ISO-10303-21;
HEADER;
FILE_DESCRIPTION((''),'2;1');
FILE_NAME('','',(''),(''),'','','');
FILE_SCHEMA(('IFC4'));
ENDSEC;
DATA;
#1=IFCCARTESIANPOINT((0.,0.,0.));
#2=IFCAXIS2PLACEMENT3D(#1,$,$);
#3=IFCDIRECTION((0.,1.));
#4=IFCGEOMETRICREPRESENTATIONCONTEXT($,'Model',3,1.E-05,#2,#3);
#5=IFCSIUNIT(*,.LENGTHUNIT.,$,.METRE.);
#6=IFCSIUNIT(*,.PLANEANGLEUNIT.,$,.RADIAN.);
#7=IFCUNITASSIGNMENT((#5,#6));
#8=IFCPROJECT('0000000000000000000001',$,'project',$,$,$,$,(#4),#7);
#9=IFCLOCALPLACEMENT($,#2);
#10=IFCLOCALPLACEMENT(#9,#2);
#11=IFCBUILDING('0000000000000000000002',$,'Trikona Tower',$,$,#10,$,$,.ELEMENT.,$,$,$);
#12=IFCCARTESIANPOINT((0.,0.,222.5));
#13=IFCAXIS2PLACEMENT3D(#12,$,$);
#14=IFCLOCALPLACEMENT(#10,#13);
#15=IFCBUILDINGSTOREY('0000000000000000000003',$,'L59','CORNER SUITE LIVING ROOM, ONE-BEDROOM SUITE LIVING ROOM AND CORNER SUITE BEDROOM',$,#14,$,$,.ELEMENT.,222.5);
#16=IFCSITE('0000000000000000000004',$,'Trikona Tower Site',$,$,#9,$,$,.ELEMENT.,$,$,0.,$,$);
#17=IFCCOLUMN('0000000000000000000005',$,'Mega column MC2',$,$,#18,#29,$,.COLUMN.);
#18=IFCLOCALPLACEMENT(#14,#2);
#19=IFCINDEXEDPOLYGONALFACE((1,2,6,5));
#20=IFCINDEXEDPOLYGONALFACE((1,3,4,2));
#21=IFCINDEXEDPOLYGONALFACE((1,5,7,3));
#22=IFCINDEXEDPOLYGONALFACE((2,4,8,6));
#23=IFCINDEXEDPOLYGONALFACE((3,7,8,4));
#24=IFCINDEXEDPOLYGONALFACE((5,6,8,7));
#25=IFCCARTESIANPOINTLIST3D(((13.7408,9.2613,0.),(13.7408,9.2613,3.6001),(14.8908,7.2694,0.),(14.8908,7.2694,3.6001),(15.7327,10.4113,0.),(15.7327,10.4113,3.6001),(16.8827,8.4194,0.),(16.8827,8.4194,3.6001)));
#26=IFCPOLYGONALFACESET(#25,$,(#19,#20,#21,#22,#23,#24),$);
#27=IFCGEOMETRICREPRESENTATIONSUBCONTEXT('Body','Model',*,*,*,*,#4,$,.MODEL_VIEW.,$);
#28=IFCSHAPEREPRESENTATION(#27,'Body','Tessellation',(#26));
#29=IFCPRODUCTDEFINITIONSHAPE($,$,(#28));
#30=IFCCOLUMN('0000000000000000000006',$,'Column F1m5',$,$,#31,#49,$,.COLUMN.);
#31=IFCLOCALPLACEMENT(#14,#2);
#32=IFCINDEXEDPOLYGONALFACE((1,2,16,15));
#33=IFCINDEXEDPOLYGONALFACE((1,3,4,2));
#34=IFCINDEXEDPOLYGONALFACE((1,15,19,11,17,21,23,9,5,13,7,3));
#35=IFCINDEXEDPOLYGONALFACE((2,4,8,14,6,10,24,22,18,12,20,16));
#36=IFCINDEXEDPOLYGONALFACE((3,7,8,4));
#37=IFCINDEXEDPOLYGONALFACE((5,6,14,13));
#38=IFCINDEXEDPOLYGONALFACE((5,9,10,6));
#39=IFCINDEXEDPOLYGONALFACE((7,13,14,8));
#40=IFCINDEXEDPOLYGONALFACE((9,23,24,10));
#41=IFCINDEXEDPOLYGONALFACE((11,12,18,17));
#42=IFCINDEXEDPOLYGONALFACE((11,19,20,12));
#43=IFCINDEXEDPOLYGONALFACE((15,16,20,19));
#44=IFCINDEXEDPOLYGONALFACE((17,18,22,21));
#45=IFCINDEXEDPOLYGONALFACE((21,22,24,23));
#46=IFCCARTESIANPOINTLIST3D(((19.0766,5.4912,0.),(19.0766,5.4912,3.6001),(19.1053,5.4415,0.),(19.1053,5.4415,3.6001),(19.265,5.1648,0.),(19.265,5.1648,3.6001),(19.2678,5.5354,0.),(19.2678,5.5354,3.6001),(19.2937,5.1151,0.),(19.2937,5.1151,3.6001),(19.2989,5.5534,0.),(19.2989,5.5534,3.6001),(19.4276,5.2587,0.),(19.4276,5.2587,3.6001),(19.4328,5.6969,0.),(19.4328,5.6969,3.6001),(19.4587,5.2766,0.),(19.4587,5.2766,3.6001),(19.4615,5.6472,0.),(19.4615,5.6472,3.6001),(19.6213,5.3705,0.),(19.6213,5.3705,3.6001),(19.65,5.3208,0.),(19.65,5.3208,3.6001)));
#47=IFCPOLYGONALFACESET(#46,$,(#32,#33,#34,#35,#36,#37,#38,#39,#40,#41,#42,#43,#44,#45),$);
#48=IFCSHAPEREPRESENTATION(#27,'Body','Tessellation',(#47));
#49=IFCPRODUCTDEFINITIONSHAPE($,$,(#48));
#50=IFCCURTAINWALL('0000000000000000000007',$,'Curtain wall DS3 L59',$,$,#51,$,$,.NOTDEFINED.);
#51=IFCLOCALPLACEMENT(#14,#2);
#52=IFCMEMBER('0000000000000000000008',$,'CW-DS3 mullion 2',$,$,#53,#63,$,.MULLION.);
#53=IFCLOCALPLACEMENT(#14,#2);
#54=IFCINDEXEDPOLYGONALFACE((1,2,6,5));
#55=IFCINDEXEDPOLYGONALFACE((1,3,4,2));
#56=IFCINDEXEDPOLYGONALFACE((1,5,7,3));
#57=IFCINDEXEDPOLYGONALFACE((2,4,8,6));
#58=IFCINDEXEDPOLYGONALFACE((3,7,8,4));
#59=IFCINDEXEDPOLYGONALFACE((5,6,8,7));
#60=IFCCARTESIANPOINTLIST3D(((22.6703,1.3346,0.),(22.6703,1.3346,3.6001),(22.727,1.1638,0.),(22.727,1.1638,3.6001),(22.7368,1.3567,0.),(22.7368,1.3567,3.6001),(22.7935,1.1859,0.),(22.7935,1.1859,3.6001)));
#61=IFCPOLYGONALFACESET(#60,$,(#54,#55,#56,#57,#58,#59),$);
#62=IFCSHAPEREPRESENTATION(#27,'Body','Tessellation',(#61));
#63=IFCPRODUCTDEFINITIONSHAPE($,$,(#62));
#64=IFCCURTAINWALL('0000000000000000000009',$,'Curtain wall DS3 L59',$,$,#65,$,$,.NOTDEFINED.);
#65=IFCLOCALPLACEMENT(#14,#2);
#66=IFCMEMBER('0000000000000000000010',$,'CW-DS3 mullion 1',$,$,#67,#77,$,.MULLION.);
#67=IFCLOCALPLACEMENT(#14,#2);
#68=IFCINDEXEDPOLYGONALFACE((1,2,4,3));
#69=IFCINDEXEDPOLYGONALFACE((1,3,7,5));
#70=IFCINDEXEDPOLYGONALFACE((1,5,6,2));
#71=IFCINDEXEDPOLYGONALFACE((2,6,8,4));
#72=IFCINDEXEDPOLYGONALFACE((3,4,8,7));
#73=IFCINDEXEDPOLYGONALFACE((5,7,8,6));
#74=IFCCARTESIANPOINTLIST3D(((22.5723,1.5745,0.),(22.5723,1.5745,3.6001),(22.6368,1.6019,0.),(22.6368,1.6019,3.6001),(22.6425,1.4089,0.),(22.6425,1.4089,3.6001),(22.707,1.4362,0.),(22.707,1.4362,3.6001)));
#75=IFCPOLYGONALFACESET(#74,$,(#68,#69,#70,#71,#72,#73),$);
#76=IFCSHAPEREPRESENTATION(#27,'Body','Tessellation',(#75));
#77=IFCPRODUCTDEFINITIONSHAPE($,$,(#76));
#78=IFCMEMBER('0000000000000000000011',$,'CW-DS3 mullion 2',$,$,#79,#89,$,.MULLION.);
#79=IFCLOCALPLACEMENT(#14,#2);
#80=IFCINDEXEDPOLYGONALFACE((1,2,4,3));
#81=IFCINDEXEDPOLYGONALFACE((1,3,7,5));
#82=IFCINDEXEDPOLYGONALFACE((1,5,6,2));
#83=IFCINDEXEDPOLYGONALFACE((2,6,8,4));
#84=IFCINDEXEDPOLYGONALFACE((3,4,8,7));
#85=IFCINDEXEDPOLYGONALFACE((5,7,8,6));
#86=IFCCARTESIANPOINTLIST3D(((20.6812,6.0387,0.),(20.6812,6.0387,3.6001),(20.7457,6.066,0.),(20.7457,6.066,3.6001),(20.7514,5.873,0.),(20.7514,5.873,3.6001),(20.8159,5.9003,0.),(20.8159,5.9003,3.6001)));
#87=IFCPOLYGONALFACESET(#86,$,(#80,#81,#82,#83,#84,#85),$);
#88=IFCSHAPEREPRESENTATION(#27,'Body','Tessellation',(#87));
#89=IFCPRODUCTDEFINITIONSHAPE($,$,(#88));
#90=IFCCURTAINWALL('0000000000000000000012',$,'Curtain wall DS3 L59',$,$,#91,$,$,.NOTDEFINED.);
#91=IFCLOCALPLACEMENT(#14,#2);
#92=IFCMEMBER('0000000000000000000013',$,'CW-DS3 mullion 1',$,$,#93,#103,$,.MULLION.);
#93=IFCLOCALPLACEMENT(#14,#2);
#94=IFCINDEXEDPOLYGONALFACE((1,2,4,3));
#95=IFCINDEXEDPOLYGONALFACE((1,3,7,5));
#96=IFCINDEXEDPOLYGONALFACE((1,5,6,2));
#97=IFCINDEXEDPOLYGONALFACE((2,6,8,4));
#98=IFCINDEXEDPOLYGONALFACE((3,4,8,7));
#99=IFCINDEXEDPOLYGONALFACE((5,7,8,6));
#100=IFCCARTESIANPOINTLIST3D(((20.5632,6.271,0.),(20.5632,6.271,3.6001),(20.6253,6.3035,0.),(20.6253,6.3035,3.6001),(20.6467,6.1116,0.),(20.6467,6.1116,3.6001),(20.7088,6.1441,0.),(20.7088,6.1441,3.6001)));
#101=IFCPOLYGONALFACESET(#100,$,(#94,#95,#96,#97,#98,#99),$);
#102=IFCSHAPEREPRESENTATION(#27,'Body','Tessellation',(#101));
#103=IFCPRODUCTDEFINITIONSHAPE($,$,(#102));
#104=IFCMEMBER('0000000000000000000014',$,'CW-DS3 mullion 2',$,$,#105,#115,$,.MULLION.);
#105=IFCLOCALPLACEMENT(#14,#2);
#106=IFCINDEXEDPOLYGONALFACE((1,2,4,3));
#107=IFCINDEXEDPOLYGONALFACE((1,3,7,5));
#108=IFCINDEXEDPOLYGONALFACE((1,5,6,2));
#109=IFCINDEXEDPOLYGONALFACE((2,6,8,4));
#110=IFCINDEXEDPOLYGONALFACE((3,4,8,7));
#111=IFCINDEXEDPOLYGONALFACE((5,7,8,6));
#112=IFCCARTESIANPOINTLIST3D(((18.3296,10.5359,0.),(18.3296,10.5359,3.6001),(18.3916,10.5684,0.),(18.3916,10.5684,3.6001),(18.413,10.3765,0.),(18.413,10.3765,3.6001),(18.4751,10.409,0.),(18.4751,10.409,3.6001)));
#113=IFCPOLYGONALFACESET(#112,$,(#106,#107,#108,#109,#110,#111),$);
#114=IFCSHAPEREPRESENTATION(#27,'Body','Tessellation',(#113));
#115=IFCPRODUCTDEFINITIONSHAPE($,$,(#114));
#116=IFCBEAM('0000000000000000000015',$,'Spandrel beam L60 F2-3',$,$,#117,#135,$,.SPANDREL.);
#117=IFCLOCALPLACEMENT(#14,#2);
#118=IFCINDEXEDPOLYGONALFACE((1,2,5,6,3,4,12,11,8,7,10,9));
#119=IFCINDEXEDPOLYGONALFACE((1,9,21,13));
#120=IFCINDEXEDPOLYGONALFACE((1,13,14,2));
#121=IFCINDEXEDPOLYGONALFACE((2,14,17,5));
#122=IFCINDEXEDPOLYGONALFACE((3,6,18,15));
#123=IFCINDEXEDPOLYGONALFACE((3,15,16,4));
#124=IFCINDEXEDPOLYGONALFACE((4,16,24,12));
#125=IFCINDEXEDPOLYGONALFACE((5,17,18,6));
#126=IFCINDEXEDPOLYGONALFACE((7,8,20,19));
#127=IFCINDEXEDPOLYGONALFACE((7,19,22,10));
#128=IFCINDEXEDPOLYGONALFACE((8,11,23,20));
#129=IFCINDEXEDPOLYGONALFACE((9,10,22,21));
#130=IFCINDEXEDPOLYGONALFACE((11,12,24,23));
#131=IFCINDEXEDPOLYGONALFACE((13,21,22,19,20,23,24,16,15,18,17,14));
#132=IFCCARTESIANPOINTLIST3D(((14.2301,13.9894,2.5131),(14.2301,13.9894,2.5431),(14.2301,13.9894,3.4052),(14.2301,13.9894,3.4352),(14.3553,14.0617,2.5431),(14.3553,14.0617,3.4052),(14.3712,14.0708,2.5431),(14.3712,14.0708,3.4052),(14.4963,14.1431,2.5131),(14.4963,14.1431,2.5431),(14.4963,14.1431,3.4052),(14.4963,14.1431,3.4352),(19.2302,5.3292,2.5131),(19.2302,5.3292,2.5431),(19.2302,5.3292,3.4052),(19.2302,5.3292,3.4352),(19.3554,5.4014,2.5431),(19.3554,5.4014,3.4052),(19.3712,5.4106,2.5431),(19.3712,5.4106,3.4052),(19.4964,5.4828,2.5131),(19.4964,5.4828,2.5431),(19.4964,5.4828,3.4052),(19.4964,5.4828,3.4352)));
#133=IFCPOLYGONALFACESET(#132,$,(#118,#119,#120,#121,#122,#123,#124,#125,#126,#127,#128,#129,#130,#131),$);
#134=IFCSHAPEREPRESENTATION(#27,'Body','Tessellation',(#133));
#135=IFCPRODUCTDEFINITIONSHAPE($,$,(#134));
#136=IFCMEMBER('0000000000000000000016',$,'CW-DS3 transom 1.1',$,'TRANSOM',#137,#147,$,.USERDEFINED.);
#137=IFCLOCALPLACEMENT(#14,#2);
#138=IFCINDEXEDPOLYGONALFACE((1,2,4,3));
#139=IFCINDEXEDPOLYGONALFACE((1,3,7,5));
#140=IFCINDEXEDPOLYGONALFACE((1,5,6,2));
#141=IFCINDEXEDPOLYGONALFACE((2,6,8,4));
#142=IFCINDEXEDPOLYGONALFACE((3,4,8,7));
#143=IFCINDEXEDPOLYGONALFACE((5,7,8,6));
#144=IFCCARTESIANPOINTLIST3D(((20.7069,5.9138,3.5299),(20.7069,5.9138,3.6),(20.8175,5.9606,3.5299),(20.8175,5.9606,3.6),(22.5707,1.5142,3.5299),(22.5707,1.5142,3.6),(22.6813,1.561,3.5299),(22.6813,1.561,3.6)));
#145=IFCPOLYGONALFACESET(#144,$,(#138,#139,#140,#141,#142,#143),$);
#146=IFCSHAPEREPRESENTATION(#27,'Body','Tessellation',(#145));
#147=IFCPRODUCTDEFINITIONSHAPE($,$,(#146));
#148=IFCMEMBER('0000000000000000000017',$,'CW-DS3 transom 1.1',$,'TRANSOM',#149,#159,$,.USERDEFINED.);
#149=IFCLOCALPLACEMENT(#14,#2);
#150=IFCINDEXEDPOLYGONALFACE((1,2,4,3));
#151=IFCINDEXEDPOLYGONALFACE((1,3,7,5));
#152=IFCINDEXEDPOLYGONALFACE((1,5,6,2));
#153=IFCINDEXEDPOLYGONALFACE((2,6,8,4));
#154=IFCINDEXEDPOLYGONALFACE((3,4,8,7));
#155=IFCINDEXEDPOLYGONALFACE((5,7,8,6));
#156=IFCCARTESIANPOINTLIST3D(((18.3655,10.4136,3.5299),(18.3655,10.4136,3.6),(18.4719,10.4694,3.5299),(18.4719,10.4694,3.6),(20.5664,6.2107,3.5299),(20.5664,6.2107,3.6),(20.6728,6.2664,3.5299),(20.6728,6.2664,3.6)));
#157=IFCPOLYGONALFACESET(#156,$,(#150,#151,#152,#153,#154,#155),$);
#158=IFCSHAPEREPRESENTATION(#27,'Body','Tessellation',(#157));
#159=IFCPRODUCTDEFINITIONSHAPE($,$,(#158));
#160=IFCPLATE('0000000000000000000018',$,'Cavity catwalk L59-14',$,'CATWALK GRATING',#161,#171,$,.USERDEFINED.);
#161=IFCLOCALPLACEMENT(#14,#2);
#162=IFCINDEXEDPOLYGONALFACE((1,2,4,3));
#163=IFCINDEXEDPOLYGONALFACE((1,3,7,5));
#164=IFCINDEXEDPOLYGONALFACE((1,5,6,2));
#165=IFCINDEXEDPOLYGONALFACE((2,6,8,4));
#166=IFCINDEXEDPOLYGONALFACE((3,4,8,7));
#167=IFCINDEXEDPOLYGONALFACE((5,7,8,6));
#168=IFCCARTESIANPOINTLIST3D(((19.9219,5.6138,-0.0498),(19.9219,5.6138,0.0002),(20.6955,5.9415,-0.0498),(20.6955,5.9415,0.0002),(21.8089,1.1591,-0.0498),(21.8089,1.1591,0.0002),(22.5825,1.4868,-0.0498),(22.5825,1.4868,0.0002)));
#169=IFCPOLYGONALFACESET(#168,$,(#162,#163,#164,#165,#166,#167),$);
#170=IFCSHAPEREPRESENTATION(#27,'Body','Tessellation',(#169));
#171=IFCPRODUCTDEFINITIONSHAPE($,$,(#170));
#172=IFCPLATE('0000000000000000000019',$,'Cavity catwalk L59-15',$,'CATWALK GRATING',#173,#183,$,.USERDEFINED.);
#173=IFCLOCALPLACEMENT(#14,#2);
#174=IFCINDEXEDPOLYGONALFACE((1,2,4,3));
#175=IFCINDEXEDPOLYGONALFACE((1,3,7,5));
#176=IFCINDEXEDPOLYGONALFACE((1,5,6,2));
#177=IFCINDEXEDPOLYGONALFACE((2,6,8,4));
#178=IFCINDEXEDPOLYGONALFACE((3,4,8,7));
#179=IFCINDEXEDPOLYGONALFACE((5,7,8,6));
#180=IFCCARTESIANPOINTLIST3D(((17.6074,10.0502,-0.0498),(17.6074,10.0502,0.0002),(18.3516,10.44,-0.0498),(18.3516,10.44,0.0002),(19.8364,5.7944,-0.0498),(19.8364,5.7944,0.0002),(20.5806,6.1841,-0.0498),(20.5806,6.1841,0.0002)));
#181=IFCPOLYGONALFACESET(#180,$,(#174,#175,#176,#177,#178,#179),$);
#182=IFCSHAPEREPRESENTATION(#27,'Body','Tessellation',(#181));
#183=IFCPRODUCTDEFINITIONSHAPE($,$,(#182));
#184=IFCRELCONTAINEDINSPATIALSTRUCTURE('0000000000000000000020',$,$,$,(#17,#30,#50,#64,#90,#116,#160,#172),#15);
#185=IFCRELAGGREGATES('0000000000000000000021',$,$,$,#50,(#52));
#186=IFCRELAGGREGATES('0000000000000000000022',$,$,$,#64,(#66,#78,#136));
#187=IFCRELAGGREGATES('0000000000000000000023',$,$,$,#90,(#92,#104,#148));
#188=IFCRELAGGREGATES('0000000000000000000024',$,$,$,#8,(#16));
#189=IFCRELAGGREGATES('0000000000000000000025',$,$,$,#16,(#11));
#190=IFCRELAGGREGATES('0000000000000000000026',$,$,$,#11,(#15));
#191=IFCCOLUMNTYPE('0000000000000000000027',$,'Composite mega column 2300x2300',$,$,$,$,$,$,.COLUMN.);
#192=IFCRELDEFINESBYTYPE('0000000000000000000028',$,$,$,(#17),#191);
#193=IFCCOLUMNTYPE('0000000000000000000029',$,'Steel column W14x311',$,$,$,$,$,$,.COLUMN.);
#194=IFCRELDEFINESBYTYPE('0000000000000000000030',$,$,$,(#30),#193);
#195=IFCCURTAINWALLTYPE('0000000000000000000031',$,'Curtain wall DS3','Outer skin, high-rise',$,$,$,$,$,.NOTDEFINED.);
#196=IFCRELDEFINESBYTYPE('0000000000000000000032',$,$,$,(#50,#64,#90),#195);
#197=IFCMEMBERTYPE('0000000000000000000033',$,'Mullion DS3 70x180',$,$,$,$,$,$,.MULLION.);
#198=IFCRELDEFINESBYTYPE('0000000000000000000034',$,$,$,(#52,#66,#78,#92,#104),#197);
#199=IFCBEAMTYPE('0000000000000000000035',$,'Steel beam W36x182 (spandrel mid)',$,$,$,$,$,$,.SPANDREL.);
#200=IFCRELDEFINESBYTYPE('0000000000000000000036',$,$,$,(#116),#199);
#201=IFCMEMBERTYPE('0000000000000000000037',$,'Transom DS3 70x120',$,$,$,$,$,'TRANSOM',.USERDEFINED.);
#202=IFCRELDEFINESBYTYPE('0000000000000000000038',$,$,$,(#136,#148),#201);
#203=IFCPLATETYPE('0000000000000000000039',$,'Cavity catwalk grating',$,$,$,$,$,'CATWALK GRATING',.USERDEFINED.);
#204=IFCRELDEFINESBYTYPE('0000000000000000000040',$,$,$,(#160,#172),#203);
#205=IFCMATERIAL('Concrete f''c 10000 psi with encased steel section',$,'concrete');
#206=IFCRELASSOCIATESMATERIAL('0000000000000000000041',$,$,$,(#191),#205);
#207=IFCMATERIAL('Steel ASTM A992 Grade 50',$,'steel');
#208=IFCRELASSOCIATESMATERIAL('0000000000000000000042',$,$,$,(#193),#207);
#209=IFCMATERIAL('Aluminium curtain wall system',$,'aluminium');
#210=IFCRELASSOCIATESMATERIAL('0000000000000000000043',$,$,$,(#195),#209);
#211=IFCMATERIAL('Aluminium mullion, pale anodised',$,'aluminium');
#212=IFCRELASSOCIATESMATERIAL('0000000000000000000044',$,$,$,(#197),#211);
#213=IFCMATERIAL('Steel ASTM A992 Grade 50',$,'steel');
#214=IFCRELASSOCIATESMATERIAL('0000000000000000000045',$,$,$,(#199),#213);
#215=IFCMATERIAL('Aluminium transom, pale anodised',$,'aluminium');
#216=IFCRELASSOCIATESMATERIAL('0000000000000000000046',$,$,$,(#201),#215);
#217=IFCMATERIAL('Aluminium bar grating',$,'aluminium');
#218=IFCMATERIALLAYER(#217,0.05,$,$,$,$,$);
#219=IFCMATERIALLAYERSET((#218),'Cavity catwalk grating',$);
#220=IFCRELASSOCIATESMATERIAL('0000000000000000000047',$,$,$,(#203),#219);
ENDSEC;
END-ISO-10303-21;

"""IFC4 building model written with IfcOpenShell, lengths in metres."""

from ifc_helpers import new_model, si_unit, direction, frame, origin, origin_2d, place, context, subcontext, project, spatial, rectangle, i_section, extrude, material, layer, layer_set, material_profile, profile_set, type_object, element, aggregate, save


model = new_model("IFC4")

# Units and contexts
model_context = context("Model", 3, precision=1e-05, world=origin(), true_north=direction((0.0, 1.0)))
body_context = subcontext(model_context, "Body", "Model", "MODEL_VIEW")
ifc_project = project(units=[si_unit("LENGTHUNIT", "METRE"), si_unit("PLANEANGLEUNIT", "RADIAN")], contexts=[model_context])

# Site, building, storey
site_placement = place(None, origin())
site = spatial("IfcSite", under=ifc_project, at=site_placement, Name="Trikona Tower Site", CompositionType="ELEMENT", RefElevation=0.0)
building_placement = place(site_placement, origin())
building = spatial("IfcBuilding", under=site, at=building_placement, Name="Trikona Tower", CompositionType="ELEMENT")
storey_placement = place(building_placement, frame((0.0, 0.0, 222.5)))
storey = spatial("IfcBuildingStorey", under=building, at=storey_placement, Name="L59", Description="CORNER SUITE LIVING ROOM, ONE-BEDROOM SUITE LIVING ROOM AND CORNER SUITE BEDROOM", CompositionType="ELEMENT", Elevation=222.5)

# Columns
ifc_material_1 = material(Name="Concrete f'c 10000 psi with encased steel section", Category="concrete")
ifc_material_profile_1 = material_profile(ifc_material_1, rectangle(XDim=2.3, YDim=2.3, at=origin_2d()), Name="MC2300")
ifc_profile_set_1 = profile_set([ifc_material_profile_1], Name="Concrete f'c 10000 psi with encased steel section")
column_type_1 = type_object("IfcColumnType", Name="Composite mega column 2300x2300", PredefinedType="COLUMN", material=ifc_profile_set_1)
column_1_placement = place(storey_placement, frame((15.3118, 8.8403, 0.0), z_axis=(0.0, 0.0, 1.0), x_axis=(0.866025, 0.5, 0.0)))
element("IfcColumn", 1, at=column_1_placement, inside=storey, type_object=column_type_1, Name="Mega column MC2", PredefinedType="COLUMN", context=body_context, shape_type="SweptSolid", body=[
    extrude(rectangle(XDim=2.3, YDim=2.3, at=origin_2d()), origin(), (0.0, 0.0, 1.0), 3.6001),
])
ifc_material_2 = material(Name="Steel ASTM A992 Grade 50", Category="steel")
ifc_material_profile_2 = material_profile(ifc_material_2, i_section(OverallWidth=0.4114, OverallDepth=0.4343, WebThickness=0.0359, FlangeThickness=0.0574, at=origin_2d()), Name="W14X311")
ifc_profile_set_2 = profile_set([ifc_material_profile_2], Name="Steel ASTM A992 Grade 50")
column_type_2 = type_object("IfcColumnType", Name="Steel column W14x311", PredefinedType="COLUMN", material=ifc_profile_set_2)
column_2_placement = place(storey_placement, frame((19.3633, 5.406, 0.0), z_axis=(0.0, 0.0, 1.0), x_axis=(0.866025, 0.5, 0.0)))
element("IfcColumn", 2, at=column_2_placement, inside=storey, type_object=column_type_2, Name="Column F1m5", PredefinedType="COLUMN", context=body_context, shape_type="SweptSolid", body=[
    extrude(i_section(OverallWidth=0.4114, OverallDepth=0.4343, WebThickness=0.0359, FlangeThickness=0.0574, at=origin_2d()), origin(), (0.0, 0.0, 1.0), 3.6001),
])

# Curtain wall, member
ifc_material_3 = material(Name="Aluminium curtain wall system", Category="aluminium")
curtain_wall_type = type_object("IfcCurtainWallType", Name="Curtain wall DS3", Description="Outer skin, high-rise", PredefinedType="NOTDEFINED", material=ifc_material_3)
curtain_wall_1_placement = place(storey_placement, origin())
curtain_wall_1 = element("IfcCurtainWall", 3, at=curtain_wall_1_placement, inside=storey, type_object=curtain_wall_type, Name="Curtain wall DS3 L59", PredefinedType="NOTDEFINED")
ifc_material_4 = material(Name="Aluminium mullion, pale anodised", Category="aluminium")
ifc_material_profile_3 = material_profile(ifc_material_4, rectangle(XDim=0.0701, YDim=0.1799, at=origin_2d()), Name="MUL-DS3")
ifc_profile_set_3 = profile_set([ifc_material_profile_3], Name="Aluminium mullion, pale anodised")
member_type_1 = type_object("IfcMemberType", Name="Mullion DS3 70x180", PredefinedType="MULLION", material=ifc_profile_set_3)
member_1_placement = place(storey_placement, frame((22.7319, 1.2603, 0.0), z_axis=(0.0, 0.0, 1.0), x_axis=(-0.949066, -0.315078, 0.0)))
member_1 = element("IfcMember", 4, at=member_1_placement, type_object=member_type_1, Name="CW-DS3 mullion 2", PredefinedType="MULLION", context=body_context, shape_type="SweptSolid", body=[
    extrude(rectangle(XDim=0.0701, YDim=0.1799, at=origin_2d()), origin(), (0.0, 0.0, 1.0), 3.6001),
])
aggregate(curtain_wall_1, [member_1])

# Curtain walls, members
curtain_wall_2_placement = place(storey_placement, origin())
curtain_wall_2 = element("IfcCurtainWall", 5, at=curtain_wall_2_placement, inside=storey, type_object=curtain_wall_type, Name="Curtain wall DS3 L59", PredefinedType="NOTDEFINED")
member_2_placement = place(storey_placement, frame((22.6396, 1.5054, 0.0), z_axis=(0.0, 0.0, 1.0), x_axis=(-0.920792, -0.390053, 0.0)))
member_2 = element("IfcMember", 6, at=member_2_placement, type_object=member_type_1, Name="CW-DS3 mullion 1", PredefinedType="MULLION", context=body_context, shape_type="SweptSolid", body=[
    extrude(rectangle(XDim=0.0701, YDim=0.1799, at=origin_2d()), origin(), (0.0, 0.0, 1.0), 3.6001),
])
member_3_placement = place(storey_placement, frame((20.7485, 5.9695, 0.0), z_axis=(0.0, 0.0, 1.0), x_axis=(-0.920792, -0.390053, 0.0)))
member_3 = element("IfcMember", 7, at=member_3_placement, type_object=member_type_1, Name="CW-DS3 mullion 2", PredefinedType="MULLION", context=body_context, shape_type="SweptSolid", body=[
    extrude(rectangle(XDim=0.0701, YDim=0.1799, at=origin_2d()), origin(), (0.0, 0.0, 1.0), 3.6001),
])
curtain_wall_3_placement = place(storey_placement, origin())
curtain_wall_3 = element("IfcCurtainWall", 8, at=curtain_wall_3_placement, inside=storey, type_object=curtain_wall_type, Name="Curtain wall DS3 L59", PredefinedType="NOTDEFINED")
member_4_placement = place(storey_placement, frame((20.636, 6.2075, 0.0), z_axis=(0.0, 0.0, 1.0), x_axis=(-0.885862, -0.463948, 0.0)))
member_4 = element("IfcMember", 9, at=member_4_placement, type_object=member_type_1, Name="CW-DS3 mullion 1", PredefinedType="MULLION", context=body_context, shape_type="SweptSolid", body=[
    extrude(rectangle(XDim=0.0701, YDim=0.1799, at=origin_2d()), origin(), (0.0, 0.0, 1.0), 3.6001),
])
member_5_placement = place(storey_placement, frame((18.4023, 10.4724, 0.0), z_axis=(0.0, 0.0, 1.0), x_axis=(-0.885862, -0.463948, 0.0)))
member_5 = element("IfcMember", 10, at=member_5_placement, type_object=member_type_1, Name="CW-DS3 mullion 2", PredefinedType="MULLION", context=body_context, shape_type="SweptSolid", body=[
    extrude(rectangle(XDim=0.0701, YDim=0.1799, at=origin_2d()), origin(), (0.0, 0.0, 1.0), 3.6001),
])

# Beam
ifc_material_5 = material(Name="Steel ASTM A992 Grade 50", Category="steel")
ifc_material_profile_4 = material_profile(ifc_material_5, i_section(OverallWidth=0.3074, OverallDepth=0.9221, WebThickness=0.0183, FlangeThickness=0.03, at=origin_2d()), Name="W36X182")
ifc_profile_set_4 = profile_set([ifc_material_profile_4], Name="Steel ASTM A992 Grade 50")
beam_type = type_object("IfcBeamType", Name="Steel beam W36x182 (spandrel mid)", PredefinedType="SPANDREL", material=ifc_profile_set_4)
beam_placement = place(storey_placement, frame((19.3633, 5.406, 2.9741), z_axis=(-0.500004, 0.866023, 0.0), x_axis=(-0.866023, -0.500004, 0.0)))
element("IfcBeam", 11, at=beam_placement, inside=storey, type_object=beam_type, Name="Spandrel beam L60 F2-3", PredefinedType="SPANDREL", context=body_context, shape_type="SweptSolid", body=[
    extrude(i_section(OverallWidth=0.3074, OverallDepth=0.9221, WebThickness=0.0183, FlangeThickness=0.03, at=origin_2d()), origin(), (0.0, 0.0, 1.0), 10.0),
])

# Members
ifc_material_6 = material(Name="Aluminium transom, pale anodised", Category="aluminium")
ifc_material_profile_5 = material_profile(ifc_material_6, rectangle(XDim=0.1201, YDim=0.0701, at=origin_2d()), Name="TRN-DS3")
ifc_profile_set_5 = profile_set([ifc_material_profile_5], Name="Aluminium transom, pale anodised")
member_type_2 = type_object("IfcMemberType", Name="Transom DS3 70x120", ElementType="TRANSOM", PredefinedType="USERDEFINED", material=ifc_profile_set_5)
member_6_placement = place(storey_placement, frame((22.626, 1.5376, 3.5649), z_axis=(-0.390062, 0.920789, 0.0), x_axis=(-0.920789, -0.390062, 0.0)))
member_6 = element("IfcMember", 12, at=member_6_placement, type_object=member_type_2, Name="CW-DS3 transom 1.1", ObjectType="TRANSOM", PredefinedType="USERDEFINED", context=body_context, shape_type="SweptSolid", body=[
    extrude(rectangle(XDim=0.1201, YDim=0.0701, at=origin_2d()), origin(), (0.0, 0.0, 1.0), 4.7781),
])
member_7_placement = place(storey_placement, frame((20.6196, 6.2385, 3.5649), z_axis=(-0.463911, 0.885882, 0.0), x_axis=(-0.885882, -0.463911, 0.0)))
member_7 = element("IfcMember", 13, at=member_7_placement, type_object=member_type_2, Name="CW-DS3 transom 1.1", ObjectType="TRANSOM", PredefinedType="USERDEFINED", context=body_context, shape_type="SweptSolid", body=[
    extrude(rectangle(XDim=0.1201, YDim=0.0701, at=origin_2d()), origin(), (0.0, 0.0, 1.0), 4.7444),
])

# Plates
ifc_material_7 = material(Name="Aluminium bar grating", Category="aluminium")
ifc_layer_1 = layer(ifc_material_7, 0.05)
ifc_layer_set_1 = layer_set([ifc_layer_1], Name="Cavity catwalk grating")
plate_type_1 = type_object("IfcPlateType", Name="Cavity catwalk grating", ElementType="CATWALK GRATING", PredefinedType="USERDEFINED", material=ifc_layer_set_1)
plate_1_placement = place(storey_placement, frame((21.2522, 3.5503, -0.0498), z_axis=(0.0, 0.0, 1.0), x_axis=(-0.390051, 0.920793, 0.0)))
element("IfcPlate", 14, at=plate_1_placement, inside=storey, type_object=plate_type_1, Name="Cavity catwalk L59-14", ObjectType="CATWALK GRATING", PredefinedType="USERDEFINED", context=body_context, shape_type="SweptSolid", body=[
    extrude(rectangle(XDim=4.8379, YDim=0.8401, at=origin_2d()), origin(), (0.0, 0.0, 1.0), 0.05),
])
plate_2_placement = place(storey_placement, frame((19.094, 8.1172, -0.0498), z_axis=(0.0, 0.0, 1.0), x_axis=(-0.463952, 0.88586, 0.0)))
element("IfcPlate", 15, at=plate_2_placement, inside=storey, type_object=plate_type_1, Name="Cavity catwalk L59-15", ObjectType="CATWALK GRATING", PredefinedType="USERDEFINED", context=body_context, shape_type="SweptSolid", body=[
    extrude(rectangle(XDim=4.8042, YDim=0.8401, at=origin_2d()), origin(), (0.0, 0.0, 1.0), 0.05),
])

aggregate(curtain_wall_2, [member_2, member_3, member_6])
aggregate(curtain_wall_3, [member_4, member_5, member_7])

save(model, "model.ifc")
